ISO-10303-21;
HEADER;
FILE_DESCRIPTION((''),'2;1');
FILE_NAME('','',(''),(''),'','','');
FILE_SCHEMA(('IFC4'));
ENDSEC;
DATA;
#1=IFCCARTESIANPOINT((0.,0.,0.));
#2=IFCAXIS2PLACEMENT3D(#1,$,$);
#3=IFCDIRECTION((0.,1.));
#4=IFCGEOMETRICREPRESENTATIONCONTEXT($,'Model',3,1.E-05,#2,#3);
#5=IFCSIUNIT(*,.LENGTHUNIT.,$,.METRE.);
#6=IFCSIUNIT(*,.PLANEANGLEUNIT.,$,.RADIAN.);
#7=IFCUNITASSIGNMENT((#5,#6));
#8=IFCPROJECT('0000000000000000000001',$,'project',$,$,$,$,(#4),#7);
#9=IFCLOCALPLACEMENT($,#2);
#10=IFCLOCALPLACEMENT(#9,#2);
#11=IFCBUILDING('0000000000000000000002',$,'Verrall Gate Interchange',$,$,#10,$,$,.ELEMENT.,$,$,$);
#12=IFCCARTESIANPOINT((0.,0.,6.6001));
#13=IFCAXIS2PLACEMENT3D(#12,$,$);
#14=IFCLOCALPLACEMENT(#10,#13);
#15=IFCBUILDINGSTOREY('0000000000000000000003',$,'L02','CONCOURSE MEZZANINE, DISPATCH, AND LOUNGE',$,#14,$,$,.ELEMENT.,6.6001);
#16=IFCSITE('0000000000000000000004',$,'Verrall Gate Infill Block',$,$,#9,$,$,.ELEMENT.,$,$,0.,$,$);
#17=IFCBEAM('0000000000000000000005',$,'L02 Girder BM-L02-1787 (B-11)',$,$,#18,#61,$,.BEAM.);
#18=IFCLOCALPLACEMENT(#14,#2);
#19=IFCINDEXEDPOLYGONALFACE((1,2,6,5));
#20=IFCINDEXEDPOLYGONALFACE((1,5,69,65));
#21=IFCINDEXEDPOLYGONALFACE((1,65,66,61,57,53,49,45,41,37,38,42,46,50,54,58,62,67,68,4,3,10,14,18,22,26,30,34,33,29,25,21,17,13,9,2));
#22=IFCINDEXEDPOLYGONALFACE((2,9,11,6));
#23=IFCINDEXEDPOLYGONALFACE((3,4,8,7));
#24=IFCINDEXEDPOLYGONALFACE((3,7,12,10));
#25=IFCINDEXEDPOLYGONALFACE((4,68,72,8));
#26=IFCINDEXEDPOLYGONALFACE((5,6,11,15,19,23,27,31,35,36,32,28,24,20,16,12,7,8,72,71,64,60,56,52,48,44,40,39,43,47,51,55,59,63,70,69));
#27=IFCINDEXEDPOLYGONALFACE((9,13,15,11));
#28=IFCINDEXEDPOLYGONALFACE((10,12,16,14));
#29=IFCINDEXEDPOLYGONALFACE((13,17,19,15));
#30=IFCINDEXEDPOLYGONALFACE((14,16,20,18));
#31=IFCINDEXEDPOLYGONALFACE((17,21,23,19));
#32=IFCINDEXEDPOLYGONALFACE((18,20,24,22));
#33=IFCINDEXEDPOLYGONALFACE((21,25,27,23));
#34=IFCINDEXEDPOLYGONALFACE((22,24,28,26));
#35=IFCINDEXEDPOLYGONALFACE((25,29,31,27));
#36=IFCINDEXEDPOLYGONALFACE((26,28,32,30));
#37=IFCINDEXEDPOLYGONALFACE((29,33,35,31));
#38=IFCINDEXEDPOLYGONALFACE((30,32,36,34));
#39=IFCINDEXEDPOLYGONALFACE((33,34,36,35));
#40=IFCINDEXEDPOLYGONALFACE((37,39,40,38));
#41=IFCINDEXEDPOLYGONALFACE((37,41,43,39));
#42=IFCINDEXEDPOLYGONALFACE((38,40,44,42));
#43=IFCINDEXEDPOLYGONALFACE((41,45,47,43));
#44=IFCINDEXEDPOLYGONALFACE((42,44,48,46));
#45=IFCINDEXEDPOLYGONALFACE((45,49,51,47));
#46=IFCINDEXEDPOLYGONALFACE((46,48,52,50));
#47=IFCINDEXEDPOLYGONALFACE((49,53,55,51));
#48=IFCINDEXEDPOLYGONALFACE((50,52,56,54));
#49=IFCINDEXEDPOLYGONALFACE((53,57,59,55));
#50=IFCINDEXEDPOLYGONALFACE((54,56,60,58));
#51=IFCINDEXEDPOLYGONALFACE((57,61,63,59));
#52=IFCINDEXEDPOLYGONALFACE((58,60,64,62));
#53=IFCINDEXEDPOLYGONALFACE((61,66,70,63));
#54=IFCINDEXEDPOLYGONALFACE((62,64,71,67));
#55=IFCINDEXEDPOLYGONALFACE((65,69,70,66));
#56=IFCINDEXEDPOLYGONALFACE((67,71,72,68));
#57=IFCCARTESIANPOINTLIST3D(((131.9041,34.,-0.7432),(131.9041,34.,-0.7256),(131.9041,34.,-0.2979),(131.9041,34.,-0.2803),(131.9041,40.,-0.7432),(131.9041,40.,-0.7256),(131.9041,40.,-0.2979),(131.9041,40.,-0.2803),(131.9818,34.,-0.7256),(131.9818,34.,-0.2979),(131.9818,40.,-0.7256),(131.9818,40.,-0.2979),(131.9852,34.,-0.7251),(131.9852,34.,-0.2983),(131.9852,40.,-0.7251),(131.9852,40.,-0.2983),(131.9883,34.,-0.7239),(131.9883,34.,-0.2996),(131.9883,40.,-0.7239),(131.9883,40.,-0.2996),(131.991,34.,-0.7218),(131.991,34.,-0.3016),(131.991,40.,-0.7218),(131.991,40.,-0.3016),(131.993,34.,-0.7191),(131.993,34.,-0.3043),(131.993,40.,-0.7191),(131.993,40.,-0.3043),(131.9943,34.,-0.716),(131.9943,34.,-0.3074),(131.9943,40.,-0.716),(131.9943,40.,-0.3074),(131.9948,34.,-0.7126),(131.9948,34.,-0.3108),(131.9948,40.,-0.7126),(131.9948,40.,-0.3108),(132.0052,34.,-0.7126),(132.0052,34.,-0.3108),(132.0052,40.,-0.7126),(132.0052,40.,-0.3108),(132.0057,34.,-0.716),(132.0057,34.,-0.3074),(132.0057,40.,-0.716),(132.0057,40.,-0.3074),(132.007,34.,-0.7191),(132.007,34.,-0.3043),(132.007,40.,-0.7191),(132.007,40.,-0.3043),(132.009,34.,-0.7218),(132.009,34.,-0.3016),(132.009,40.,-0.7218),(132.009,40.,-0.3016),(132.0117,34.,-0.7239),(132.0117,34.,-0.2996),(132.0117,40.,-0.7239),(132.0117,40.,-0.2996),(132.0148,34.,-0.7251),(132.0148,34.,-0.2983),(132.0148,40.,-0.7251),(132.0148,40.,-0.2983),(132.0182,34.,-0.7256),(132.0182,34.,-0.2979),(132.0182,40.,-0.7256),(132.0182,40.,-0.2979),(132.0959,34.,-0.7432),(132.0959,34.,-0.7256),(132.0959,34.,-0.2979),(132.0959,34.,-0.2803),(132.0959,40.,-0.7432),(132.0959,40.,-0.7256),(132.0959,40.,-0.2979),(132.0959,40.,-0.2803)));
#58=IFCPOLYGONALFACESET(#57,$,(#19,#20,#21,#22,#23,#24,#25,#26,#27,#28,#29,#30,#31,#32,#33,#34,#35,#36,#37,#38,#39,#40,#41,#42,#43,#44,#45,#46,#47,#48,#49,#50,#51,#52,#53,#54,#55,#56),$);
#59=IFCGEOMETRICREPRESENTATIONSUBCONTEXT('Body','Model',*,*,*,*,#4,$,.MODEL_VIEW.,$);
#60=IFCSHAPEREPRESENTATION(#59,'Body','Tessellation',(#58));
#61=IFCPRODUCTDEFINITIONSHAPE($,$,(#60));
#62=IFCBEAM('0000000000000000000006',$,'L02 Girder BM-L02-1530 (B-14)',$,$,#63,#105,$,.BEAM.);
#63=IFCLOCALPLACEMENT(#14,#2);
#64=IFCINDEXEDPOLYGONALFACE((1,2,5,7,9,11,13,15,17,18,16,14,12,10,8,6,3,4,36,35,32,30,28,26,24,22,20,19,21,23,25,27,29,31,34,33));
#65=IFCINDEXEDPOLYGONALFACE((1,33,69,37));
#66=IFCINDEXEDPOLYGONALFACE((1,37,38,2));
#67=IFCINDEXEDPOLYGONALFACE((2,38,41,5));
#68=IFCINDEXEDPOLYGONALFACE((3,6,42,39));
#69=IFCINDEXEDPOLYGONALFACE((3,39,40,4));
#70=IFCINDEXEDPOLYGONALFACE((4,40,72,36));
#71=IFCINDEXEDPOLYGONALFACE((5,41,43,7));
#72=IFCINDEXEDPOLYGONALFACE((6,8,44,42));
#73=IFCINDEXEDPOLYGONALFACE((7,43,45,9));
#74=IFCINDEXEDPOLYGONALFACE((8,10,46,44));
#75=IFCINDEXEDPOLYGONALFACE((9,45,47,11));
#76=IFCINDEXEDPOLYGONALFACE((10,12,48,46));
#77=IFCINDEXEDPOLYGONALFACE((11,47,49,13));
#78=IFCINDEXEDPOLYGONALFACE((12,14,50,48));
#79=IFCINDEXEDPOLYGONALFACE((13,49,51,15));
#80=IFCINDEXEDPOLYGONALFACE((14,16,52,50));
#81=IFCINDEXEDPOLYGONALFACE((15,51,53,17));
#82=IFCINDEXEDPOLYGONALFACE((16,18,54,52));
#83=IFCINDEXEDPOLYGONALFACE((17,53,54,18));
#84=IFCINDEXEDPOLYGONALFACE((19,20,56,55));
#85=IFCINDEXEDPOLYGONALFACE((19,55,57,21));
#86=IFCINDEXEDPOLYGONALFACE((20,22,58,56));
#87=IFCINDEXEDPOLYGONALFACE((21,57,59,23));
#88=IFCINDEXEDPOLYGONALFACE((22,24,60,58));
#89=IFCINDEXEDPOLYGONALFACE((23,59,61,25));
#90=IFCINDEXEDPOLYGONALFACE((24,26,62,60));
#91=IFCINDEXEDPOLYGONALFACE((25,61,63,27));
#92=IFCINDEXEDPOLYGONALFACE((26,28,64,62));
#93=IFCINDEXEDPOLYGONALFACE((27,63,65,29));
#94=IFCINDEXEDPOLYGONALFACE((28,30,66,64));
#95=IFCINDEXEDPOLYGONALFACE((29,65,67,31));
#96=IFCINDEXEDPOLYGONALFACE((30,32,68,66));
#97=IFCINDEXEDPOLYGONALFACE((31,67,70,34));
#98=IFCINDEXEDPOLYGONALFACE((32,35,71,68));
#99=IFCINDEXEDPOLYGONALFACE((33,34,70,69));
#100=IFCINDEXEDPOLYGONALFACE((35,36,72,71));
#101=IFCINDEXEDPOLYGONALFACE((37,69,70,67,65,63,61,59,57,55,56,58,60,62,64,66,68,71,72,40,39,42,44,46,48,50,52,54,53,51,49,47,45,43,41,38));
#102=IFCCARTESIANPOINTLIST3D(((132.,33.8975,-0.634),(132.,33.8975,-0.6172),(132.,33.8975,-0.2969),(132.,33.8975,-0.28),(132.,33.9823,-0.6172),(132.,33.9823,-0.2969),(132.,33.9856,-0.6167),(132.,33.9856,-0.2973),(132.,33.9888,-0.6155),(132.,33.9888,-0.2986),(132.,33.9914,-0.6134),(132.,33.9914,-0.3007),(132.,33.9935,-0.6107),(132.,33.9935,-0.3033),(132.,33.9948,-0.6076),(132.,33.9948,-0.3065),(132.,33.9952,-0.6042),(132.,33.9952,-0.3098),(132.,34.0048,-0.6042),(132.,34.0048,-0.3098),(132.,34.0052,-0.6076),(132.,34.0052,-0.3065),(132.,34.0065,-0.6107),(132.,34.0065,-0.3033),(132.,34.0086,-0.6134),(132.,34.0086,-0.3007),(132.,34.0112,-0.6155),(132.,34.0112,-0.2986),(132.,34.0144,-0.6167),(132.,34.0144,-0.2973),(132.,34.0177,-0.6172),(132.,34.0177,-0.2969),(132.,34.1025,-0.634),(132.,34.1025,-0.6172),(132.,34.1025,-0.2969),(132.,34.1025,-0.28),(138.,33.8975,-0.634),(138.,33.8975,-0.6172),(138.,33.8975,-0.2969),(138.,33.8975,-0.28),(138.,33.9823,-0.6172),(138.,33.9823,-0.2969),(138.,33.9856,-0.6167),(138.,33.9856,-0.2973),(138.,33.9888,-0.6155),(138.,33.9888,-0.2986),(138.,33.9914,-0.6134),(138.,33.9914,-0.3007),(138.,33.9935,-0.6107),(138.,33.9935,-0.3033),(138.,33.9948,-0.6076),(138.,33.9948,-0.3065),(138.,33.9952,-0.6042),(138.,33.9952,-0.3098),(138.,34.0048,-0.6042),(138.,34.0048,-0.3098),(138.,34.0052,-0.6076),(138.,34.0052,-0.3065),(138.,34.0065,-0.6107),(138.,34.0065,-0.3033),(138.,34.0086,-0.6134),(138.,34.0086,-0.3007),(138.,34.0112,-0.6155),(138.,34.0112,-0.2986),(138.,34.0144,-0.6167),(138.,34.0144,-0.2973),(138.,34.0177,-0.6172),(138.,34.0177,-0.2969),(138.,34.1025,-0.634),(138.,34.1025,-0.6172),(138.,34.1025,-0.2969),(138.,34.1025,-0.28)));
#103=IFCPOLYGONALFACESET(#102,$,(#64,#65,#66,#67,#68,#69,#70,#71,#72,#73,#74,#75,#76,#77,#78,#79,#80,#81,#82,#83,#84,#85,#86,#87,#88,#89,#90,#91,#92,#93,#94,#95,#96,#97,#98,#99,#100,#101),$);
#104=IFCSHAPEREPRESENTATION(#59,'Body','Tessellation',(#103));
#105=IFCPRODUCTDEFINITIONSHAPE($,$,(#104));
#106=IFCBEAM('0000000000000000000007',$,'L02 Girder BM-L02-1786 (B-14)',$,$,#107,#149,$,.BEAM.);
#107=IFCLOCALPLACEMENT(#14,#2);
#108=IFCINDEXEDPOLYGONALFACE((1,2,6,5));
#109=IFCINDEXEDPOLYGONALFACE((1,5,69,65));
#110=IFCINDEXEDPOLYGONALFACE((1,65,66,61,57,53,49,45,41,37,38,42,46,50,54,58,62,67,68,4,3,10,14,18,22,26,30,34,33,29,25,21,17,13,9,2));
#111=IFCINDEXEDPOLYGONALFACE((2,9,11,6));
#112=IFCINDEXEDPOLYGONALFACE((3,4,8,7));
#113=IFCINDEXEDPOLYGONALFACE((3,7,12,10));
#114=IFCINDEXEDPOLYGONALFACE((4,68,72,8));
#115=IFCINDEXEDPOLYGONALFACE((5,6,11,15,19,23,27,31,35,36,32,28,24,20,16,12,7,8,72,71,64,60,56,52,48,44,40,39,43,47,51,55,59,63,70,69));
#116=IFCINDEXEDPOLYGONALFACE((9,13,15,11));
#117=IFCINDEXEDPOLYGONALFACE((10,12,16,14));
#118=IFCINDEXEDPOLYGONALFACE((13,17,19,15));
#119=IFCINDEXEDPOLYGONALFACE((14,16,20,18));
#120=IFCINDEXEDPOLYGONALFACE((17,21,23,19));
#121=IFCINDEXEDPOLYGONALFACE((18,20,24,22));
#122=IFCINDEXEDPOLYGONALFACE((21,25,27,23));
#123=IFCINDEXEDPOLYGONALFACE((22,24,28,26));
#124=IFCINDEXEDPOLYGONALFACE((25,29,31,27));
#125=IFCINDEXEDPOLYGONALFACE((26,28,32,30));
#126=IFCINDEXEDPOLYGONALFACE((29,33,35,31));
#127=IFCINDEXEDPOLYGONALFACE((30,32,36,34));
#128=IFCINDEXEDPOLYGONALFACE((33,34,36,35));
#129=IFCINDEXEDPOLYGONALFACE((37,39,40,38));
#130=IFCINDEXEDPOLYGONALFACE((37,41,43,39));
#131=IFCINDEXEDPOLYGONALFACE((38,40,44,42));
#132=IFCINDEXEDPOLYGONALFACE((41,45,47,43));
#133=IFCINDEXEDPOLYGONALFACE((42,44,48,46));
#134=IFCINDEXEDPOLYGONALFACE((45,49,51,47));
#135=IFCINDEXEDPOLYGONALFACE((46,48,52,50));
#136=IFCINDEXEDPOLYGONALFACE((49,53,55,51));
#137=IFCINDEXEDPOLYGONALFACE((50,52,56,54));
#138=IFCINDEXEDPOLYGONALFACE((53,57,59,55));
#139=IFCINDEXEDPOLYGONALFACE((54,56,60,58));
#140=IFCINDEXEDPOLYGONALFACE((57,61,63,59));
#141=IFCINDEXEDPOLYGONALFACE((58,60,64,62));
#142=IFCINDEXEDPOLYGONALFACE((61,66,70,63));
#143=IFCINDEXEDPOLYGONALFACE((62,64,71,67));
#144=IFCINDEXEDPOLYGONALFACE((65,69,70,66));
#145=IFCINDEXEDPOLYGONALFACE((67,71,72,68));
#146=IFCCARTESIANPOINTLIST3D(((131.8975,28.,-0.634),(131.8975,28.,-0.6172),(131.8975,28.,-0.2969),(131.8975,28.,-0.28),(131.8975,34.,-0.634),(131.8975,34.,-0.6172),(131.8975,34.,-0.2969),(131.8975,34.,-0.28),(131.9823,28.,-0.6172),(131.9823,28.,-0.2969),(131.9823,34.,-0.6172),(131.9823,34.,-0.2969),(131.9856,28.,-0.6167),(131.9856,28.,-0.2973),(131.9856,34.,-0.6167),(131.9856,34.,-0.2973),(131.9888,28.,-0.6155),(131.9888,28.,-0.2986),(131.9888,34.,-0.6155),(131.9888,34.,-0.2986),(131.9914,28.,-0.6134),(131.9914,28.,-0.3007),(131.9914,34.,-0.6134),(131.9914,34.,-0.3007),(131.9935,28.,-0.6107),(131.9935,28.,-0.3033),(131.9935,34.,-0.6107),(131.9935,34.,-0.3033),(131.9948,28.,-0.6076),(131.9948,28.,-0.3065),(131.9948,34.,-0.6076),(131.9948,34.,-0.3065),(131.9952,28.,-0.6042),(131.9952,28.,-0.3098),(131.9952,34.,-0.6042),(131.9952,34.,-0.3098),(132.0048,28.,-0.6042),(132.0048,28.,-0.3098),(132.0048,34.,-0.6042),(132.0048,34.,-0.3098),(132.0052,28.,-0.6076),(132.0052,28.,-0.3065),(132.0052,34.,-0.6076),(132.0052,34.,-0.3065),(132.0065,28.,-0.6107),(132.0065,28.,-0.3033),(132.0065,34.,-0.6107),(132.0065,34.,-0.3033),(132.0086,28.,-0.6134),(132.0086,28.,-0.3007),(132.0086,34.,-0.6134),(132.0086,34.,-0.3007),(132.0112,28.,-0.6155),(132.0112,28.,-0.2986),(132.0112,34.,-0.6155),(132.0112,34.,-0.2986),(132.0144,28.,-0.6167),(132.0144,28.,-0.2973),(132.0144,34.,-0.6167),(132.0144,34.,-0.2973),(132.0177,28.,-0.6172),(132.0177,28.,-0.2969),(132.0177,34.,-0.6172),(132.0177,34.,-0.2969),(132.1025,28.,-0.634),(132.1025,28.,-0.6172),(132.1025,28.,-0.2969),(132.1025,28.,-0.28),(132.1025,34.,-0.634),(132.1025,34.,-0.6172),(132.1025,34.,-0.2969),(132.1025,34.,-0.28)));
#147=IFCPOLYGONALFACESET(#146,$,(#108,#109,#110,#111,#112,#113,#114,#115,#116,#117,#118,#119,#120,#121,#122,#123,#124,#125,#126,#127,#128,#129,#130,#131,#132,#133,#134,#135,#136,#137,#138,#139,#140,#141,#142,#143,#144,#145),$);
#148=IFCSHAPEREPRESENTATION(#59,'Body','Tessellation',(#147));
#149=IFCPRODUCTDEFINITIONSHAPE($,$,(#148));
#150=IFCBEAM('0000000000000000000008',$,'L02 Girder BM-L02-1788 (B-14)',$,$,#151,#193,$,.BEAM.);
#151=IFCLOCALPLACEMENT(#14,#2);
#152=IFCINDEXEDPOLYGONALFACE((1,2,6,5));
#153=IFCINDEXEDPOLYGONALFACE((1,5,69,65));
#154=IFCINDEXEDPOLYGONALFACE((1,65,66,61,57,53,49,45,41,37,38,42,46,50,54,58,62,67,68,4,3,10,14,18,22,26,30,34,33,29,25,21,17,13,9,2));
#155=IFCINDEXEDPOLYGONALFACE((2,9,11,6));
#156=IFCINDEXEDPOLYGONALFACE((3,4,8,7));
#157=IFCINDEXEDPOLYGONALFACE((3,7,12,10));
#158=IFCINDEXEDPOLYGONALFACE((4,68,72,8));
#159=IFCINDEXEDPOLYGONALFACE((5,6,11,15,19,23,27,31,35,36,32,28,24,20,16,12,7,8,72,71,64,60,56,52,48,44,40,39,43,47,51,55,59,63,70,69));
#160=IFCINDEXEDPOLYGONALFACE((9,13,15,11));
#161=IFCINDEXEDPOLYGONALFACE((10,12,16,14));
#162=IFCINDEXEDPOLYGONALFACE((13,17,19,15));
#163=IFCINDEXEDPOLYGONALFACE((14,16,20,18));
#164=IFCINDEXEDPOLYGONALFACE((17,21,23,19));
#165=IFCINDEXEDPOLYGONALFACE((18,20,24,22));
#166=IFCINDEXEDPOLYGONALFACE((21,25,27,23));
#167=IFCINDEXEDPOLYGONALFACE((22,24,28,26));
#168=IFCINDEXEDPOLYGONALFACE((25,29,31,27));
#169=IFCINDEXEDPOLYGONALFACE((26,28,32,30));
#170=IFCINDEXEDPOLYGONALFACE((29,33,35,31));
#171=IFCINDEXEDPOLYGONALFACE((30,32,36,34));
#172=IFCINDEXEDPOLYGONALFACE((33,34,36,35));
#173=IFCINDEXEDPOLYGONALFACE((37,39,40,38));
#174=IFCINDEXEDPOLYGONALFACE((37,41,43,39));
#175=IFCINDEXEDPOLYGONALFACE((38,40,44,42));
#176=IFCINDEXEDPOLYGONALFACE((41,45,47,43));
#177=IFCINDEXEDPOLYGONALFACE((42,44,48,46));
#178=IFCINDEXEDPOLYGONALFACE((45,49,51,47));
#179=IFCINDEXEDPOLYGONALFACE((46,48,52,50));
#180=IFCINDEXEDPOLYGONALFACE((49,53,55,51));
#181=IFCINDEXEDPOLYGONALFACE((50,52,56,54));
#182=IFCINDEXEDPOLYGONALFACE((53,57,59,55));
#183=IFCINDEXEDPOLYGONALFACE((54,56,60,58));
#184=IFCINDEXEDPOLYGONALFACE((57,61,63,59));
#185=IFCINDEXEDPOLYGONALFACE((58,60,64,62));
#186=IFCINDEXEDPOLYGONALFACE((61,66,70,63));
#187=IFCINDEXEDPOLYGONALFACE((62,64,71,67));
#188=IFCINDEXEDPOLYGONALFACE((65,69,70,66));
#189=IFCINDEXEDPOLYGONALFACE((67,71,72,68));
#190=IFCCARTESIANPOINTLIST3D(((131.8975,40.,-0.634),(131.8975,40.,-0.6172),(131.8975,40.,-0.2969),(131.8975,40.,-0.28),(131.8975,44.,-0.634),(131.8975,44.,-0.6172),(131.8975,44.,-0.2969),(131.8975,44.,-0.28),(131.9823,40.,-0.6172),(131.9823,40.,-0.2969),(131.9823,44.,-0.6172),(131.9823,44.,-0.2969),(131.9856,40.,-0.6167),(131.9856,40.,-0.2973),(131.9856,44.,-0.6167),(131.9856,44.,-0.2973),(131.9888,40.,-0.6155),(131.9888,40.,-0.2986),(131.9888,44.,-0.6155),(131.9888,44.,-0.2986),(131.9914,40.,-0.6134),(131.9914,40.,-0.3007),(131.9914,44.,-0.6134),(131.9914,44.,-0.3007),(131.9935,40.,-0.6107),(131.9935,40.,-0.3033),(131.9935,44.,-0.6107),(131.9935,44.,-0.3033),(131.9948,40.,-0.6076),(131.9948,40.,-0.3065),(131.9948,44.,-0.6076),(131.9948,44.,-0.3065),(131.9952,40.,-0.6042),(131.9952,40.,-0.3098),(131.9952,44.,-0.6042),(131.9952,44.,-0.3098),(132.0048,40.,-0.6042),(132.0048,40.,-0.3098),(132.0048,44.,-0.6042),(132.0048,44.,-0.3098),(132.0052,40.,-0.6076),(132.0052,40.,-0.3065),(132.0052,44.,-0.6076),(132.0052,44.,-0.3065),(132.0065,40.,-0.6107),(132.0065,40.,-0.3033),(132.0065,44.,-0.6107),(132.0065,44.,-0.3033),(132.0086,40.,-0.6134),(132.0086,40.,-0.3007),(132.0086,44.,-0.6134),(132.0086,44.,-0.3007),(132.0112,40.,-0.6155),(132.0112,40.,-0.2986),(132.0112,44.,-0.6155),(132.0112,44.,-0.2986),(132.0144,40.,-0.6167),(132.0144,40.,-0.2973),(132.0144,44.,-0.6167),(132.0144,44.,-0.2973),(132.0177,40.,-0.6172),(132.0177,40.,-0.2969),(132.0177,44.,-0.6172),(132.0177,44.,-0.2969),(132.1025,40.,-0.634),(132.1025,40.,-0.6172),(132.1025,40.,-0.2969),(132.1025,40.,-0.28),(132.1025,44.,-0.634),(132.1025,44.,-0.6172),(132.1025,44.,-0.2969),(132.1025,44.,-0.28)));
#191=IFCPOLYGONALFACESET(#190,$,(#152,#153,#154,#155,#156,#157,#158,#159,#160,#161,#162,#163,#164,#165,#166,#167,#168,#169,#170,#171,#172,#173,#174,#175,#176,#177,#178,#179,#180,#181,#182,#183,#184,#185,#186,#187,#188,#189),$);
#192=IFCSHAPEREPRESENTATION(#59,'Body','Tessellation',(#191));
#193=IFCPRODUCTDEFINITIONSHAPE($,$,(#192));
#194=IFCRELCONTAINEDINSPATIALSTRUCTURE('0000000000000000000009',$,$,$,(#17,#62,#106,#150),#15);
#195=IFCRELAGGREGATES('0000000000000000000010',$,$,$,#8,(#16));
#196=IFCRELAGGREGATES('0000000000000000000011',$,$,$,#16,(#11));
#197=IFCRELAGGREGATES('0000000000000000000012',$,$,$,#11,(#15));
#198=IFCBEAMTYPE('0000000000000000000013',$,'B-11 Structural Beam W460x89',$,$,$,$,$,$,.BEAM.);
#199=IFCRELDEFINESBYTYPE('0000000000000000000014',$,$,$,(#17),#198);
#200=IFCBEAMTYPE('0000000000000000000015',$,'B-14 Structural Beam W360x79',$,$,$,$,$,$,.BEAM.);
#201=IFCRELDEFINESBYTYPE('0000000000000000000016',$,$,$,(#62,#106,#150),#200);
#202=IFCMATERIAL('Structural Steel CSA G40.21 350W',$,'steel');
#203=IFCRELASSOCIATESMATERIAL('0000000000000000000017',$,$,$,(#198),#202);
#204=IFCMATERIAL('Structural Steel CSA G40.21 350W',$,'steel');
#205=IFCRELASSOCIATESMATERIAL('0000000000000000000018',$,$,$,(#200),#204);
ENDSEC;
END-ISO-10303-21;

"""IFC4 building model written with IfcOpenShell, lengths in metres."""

from ifc_helpers import new_model, si_unit, direction, frame, origin, origin_2d, place, context, subcontext, project, spatial, i_section, extrude, material, material_profile, profile_set, type_object, element, save


model = new_model("IFC4")

# Units and contexts
model_context = context("Model", 3, precision=1e-05, world=origin(), true_north=direction((0.0, 1.0)))
body_context = subcontext(model_context, "Body", "Model", "MODEL_VIEW")
ifc_project = project(units=[si_unit("LENGTHUNIT", "METRE"), si_unit("PLANEANGLEUNIT", "RADIAN")], contexts=[model_context])

# Site, building, storey
site_placement = place(None, origin())
site = spatial("IfcSite", under=ifc_project, at=site_placement, Name="Verrall Gate Infill Block", CompositionType="ELEMENT", RefElevation=0.0)
building_placement = place(site_placement, origin())
building = spatial("IfcBuilding", under=site, at=building_placement, Name="Verrall Gate Interchange", CompositionType="ELEMENT")
storey_placement = place(building_placement, frame((0.0, 0.0, 6.6001)))
storey = spatial("IfcBuildingStorey", under=building, at=storey_placement, Name="L02", Description="CONCOURSE MEZZANINE, DISPATCH, AND LOUNGE", CompositionType="ELEMENT", Elevation=6.6001)

# Beams
ifc_material_1 = material(Name="Structural Steel CSA G40.21 350W", Category="steel")
ifc_material_profile_1 = material_profile(ifc_material_1, i_section(OverallWidth=0.1919, OverallDepth=0.4629, WebThickness=0.0105, FlangeThickness=0.0176, FilletRadius=0.0129, at=origin_2d()), Name="W460x89")
ifc_profile_set_1 = profile_set([ifc_material_profile_1], Name="Structural Steel CSA G40.21 350W")
beam_type_1 = type_object("IfcBeamType", Name="B-11 Structural Beam W460x89", PredefinedType="BEAM", material=ifc_profile_set_1)
beam_1_placement = place(storey_placement, frame((132.0, 34.0, -0.5117), z_axis=(0.0, 1.0, 0.0), x_axis=(-1.0, 0.0, 0.0)))
element("IfcBeam", 1, at=beam_1_placement, inside=storey, type_object=beam_type_1, Name="L02 Girder BM-L02-1787 (B-11)", PredefinedType="BEAM", context=body_context, shape_type="SweptSolid", body=[
    extrude(i_section(OverallWidth=0.1919, OverallDepth=0.4629, WebThickness=0.0105, FlangeThickness=0.0176, FilletRadius=0.0129, at=origin_2d()), origin(), (0.0, 0.0, 1.0), 6.0),
])
ifc_material_2 = material(Name="Structural Steel CSA G40.21 350W", Category="steel")
ifc_material_profile_2 = material_profile(ifc_material_2, i_section(OverallWidth=0.2051, OverallDepth=0.354, WebThickness=0.0095, FlangeThickness=0.0168, FilletRadius=0.0129, at=origin_2d()), Name="W360x79")
ifc_profile_set_2 = profile_set([ifc_material_profile_2], Name="Structural Steel CSA G40.21 350W")
beam_type_2 = type_object("IfcBeamType", Name="B-14 Structural Beam W360x79", PredefinedType="BEAM", material=ifc_profile_set_2)
for number, where, z_axis, x_axis, name in (
    (2, (132.0, 34.0, -0.457), (1.0, 0.0, 0.0), (0.0, 1.0, 0.0), "L02 Girder BM-L02-1530 (B-14)"),
    (3, (132.0, 28.0, -0.457), (0.0, 1.0, 0.0), (-1.0, 0.0, 0.0), "L02 Girder BM-L02-1786 (B-14)"),
):
    element("IfcBeam", number, at=place(storey_placement, frame(where, z_axis=z_axis, x_axis=x_axis)), inside=storey, type_object=beam_type_2, Name=name, PredefinedType="BEAM", context=body_context, shape_type="SweptSolid", body=[
        extrude(i_section(OverallWidth=0.2051, OverallDepth=0.354, WebThickness=0.0095, FlangeThickness=0.0168, FilletRadius=0.0129, at=origin_2d()), origin(), (0.0, 0.0, 1.0), 6.0),
    ])
beam_2_placement = place(storey_placement, frame((132.0, 40.0, -0.457), z_axis=(0.0, 1.0, 0.0), x_axis=(-1.0, 0.0, 0.0)))
element("IfcBeam", 4, at=beam_2_placement, inside=storey, type_object=beam_type_2, Name="L02 Girder BM-L02-1788 (B-14)", PredefinedType="BEAM", context=body_context, shape_type="SweptSolid", body=[
    extrude(i_section(OverallWidth=0.2051, OverallDepth=0.354, WebThickness=0.0095, FlangeThickness=0.0168, FilletRadius=0.0129, at=origin_2d()), origin(), (0.0, 0.0, 1.0), 4.0),
])

save(model, "model.ifc")
